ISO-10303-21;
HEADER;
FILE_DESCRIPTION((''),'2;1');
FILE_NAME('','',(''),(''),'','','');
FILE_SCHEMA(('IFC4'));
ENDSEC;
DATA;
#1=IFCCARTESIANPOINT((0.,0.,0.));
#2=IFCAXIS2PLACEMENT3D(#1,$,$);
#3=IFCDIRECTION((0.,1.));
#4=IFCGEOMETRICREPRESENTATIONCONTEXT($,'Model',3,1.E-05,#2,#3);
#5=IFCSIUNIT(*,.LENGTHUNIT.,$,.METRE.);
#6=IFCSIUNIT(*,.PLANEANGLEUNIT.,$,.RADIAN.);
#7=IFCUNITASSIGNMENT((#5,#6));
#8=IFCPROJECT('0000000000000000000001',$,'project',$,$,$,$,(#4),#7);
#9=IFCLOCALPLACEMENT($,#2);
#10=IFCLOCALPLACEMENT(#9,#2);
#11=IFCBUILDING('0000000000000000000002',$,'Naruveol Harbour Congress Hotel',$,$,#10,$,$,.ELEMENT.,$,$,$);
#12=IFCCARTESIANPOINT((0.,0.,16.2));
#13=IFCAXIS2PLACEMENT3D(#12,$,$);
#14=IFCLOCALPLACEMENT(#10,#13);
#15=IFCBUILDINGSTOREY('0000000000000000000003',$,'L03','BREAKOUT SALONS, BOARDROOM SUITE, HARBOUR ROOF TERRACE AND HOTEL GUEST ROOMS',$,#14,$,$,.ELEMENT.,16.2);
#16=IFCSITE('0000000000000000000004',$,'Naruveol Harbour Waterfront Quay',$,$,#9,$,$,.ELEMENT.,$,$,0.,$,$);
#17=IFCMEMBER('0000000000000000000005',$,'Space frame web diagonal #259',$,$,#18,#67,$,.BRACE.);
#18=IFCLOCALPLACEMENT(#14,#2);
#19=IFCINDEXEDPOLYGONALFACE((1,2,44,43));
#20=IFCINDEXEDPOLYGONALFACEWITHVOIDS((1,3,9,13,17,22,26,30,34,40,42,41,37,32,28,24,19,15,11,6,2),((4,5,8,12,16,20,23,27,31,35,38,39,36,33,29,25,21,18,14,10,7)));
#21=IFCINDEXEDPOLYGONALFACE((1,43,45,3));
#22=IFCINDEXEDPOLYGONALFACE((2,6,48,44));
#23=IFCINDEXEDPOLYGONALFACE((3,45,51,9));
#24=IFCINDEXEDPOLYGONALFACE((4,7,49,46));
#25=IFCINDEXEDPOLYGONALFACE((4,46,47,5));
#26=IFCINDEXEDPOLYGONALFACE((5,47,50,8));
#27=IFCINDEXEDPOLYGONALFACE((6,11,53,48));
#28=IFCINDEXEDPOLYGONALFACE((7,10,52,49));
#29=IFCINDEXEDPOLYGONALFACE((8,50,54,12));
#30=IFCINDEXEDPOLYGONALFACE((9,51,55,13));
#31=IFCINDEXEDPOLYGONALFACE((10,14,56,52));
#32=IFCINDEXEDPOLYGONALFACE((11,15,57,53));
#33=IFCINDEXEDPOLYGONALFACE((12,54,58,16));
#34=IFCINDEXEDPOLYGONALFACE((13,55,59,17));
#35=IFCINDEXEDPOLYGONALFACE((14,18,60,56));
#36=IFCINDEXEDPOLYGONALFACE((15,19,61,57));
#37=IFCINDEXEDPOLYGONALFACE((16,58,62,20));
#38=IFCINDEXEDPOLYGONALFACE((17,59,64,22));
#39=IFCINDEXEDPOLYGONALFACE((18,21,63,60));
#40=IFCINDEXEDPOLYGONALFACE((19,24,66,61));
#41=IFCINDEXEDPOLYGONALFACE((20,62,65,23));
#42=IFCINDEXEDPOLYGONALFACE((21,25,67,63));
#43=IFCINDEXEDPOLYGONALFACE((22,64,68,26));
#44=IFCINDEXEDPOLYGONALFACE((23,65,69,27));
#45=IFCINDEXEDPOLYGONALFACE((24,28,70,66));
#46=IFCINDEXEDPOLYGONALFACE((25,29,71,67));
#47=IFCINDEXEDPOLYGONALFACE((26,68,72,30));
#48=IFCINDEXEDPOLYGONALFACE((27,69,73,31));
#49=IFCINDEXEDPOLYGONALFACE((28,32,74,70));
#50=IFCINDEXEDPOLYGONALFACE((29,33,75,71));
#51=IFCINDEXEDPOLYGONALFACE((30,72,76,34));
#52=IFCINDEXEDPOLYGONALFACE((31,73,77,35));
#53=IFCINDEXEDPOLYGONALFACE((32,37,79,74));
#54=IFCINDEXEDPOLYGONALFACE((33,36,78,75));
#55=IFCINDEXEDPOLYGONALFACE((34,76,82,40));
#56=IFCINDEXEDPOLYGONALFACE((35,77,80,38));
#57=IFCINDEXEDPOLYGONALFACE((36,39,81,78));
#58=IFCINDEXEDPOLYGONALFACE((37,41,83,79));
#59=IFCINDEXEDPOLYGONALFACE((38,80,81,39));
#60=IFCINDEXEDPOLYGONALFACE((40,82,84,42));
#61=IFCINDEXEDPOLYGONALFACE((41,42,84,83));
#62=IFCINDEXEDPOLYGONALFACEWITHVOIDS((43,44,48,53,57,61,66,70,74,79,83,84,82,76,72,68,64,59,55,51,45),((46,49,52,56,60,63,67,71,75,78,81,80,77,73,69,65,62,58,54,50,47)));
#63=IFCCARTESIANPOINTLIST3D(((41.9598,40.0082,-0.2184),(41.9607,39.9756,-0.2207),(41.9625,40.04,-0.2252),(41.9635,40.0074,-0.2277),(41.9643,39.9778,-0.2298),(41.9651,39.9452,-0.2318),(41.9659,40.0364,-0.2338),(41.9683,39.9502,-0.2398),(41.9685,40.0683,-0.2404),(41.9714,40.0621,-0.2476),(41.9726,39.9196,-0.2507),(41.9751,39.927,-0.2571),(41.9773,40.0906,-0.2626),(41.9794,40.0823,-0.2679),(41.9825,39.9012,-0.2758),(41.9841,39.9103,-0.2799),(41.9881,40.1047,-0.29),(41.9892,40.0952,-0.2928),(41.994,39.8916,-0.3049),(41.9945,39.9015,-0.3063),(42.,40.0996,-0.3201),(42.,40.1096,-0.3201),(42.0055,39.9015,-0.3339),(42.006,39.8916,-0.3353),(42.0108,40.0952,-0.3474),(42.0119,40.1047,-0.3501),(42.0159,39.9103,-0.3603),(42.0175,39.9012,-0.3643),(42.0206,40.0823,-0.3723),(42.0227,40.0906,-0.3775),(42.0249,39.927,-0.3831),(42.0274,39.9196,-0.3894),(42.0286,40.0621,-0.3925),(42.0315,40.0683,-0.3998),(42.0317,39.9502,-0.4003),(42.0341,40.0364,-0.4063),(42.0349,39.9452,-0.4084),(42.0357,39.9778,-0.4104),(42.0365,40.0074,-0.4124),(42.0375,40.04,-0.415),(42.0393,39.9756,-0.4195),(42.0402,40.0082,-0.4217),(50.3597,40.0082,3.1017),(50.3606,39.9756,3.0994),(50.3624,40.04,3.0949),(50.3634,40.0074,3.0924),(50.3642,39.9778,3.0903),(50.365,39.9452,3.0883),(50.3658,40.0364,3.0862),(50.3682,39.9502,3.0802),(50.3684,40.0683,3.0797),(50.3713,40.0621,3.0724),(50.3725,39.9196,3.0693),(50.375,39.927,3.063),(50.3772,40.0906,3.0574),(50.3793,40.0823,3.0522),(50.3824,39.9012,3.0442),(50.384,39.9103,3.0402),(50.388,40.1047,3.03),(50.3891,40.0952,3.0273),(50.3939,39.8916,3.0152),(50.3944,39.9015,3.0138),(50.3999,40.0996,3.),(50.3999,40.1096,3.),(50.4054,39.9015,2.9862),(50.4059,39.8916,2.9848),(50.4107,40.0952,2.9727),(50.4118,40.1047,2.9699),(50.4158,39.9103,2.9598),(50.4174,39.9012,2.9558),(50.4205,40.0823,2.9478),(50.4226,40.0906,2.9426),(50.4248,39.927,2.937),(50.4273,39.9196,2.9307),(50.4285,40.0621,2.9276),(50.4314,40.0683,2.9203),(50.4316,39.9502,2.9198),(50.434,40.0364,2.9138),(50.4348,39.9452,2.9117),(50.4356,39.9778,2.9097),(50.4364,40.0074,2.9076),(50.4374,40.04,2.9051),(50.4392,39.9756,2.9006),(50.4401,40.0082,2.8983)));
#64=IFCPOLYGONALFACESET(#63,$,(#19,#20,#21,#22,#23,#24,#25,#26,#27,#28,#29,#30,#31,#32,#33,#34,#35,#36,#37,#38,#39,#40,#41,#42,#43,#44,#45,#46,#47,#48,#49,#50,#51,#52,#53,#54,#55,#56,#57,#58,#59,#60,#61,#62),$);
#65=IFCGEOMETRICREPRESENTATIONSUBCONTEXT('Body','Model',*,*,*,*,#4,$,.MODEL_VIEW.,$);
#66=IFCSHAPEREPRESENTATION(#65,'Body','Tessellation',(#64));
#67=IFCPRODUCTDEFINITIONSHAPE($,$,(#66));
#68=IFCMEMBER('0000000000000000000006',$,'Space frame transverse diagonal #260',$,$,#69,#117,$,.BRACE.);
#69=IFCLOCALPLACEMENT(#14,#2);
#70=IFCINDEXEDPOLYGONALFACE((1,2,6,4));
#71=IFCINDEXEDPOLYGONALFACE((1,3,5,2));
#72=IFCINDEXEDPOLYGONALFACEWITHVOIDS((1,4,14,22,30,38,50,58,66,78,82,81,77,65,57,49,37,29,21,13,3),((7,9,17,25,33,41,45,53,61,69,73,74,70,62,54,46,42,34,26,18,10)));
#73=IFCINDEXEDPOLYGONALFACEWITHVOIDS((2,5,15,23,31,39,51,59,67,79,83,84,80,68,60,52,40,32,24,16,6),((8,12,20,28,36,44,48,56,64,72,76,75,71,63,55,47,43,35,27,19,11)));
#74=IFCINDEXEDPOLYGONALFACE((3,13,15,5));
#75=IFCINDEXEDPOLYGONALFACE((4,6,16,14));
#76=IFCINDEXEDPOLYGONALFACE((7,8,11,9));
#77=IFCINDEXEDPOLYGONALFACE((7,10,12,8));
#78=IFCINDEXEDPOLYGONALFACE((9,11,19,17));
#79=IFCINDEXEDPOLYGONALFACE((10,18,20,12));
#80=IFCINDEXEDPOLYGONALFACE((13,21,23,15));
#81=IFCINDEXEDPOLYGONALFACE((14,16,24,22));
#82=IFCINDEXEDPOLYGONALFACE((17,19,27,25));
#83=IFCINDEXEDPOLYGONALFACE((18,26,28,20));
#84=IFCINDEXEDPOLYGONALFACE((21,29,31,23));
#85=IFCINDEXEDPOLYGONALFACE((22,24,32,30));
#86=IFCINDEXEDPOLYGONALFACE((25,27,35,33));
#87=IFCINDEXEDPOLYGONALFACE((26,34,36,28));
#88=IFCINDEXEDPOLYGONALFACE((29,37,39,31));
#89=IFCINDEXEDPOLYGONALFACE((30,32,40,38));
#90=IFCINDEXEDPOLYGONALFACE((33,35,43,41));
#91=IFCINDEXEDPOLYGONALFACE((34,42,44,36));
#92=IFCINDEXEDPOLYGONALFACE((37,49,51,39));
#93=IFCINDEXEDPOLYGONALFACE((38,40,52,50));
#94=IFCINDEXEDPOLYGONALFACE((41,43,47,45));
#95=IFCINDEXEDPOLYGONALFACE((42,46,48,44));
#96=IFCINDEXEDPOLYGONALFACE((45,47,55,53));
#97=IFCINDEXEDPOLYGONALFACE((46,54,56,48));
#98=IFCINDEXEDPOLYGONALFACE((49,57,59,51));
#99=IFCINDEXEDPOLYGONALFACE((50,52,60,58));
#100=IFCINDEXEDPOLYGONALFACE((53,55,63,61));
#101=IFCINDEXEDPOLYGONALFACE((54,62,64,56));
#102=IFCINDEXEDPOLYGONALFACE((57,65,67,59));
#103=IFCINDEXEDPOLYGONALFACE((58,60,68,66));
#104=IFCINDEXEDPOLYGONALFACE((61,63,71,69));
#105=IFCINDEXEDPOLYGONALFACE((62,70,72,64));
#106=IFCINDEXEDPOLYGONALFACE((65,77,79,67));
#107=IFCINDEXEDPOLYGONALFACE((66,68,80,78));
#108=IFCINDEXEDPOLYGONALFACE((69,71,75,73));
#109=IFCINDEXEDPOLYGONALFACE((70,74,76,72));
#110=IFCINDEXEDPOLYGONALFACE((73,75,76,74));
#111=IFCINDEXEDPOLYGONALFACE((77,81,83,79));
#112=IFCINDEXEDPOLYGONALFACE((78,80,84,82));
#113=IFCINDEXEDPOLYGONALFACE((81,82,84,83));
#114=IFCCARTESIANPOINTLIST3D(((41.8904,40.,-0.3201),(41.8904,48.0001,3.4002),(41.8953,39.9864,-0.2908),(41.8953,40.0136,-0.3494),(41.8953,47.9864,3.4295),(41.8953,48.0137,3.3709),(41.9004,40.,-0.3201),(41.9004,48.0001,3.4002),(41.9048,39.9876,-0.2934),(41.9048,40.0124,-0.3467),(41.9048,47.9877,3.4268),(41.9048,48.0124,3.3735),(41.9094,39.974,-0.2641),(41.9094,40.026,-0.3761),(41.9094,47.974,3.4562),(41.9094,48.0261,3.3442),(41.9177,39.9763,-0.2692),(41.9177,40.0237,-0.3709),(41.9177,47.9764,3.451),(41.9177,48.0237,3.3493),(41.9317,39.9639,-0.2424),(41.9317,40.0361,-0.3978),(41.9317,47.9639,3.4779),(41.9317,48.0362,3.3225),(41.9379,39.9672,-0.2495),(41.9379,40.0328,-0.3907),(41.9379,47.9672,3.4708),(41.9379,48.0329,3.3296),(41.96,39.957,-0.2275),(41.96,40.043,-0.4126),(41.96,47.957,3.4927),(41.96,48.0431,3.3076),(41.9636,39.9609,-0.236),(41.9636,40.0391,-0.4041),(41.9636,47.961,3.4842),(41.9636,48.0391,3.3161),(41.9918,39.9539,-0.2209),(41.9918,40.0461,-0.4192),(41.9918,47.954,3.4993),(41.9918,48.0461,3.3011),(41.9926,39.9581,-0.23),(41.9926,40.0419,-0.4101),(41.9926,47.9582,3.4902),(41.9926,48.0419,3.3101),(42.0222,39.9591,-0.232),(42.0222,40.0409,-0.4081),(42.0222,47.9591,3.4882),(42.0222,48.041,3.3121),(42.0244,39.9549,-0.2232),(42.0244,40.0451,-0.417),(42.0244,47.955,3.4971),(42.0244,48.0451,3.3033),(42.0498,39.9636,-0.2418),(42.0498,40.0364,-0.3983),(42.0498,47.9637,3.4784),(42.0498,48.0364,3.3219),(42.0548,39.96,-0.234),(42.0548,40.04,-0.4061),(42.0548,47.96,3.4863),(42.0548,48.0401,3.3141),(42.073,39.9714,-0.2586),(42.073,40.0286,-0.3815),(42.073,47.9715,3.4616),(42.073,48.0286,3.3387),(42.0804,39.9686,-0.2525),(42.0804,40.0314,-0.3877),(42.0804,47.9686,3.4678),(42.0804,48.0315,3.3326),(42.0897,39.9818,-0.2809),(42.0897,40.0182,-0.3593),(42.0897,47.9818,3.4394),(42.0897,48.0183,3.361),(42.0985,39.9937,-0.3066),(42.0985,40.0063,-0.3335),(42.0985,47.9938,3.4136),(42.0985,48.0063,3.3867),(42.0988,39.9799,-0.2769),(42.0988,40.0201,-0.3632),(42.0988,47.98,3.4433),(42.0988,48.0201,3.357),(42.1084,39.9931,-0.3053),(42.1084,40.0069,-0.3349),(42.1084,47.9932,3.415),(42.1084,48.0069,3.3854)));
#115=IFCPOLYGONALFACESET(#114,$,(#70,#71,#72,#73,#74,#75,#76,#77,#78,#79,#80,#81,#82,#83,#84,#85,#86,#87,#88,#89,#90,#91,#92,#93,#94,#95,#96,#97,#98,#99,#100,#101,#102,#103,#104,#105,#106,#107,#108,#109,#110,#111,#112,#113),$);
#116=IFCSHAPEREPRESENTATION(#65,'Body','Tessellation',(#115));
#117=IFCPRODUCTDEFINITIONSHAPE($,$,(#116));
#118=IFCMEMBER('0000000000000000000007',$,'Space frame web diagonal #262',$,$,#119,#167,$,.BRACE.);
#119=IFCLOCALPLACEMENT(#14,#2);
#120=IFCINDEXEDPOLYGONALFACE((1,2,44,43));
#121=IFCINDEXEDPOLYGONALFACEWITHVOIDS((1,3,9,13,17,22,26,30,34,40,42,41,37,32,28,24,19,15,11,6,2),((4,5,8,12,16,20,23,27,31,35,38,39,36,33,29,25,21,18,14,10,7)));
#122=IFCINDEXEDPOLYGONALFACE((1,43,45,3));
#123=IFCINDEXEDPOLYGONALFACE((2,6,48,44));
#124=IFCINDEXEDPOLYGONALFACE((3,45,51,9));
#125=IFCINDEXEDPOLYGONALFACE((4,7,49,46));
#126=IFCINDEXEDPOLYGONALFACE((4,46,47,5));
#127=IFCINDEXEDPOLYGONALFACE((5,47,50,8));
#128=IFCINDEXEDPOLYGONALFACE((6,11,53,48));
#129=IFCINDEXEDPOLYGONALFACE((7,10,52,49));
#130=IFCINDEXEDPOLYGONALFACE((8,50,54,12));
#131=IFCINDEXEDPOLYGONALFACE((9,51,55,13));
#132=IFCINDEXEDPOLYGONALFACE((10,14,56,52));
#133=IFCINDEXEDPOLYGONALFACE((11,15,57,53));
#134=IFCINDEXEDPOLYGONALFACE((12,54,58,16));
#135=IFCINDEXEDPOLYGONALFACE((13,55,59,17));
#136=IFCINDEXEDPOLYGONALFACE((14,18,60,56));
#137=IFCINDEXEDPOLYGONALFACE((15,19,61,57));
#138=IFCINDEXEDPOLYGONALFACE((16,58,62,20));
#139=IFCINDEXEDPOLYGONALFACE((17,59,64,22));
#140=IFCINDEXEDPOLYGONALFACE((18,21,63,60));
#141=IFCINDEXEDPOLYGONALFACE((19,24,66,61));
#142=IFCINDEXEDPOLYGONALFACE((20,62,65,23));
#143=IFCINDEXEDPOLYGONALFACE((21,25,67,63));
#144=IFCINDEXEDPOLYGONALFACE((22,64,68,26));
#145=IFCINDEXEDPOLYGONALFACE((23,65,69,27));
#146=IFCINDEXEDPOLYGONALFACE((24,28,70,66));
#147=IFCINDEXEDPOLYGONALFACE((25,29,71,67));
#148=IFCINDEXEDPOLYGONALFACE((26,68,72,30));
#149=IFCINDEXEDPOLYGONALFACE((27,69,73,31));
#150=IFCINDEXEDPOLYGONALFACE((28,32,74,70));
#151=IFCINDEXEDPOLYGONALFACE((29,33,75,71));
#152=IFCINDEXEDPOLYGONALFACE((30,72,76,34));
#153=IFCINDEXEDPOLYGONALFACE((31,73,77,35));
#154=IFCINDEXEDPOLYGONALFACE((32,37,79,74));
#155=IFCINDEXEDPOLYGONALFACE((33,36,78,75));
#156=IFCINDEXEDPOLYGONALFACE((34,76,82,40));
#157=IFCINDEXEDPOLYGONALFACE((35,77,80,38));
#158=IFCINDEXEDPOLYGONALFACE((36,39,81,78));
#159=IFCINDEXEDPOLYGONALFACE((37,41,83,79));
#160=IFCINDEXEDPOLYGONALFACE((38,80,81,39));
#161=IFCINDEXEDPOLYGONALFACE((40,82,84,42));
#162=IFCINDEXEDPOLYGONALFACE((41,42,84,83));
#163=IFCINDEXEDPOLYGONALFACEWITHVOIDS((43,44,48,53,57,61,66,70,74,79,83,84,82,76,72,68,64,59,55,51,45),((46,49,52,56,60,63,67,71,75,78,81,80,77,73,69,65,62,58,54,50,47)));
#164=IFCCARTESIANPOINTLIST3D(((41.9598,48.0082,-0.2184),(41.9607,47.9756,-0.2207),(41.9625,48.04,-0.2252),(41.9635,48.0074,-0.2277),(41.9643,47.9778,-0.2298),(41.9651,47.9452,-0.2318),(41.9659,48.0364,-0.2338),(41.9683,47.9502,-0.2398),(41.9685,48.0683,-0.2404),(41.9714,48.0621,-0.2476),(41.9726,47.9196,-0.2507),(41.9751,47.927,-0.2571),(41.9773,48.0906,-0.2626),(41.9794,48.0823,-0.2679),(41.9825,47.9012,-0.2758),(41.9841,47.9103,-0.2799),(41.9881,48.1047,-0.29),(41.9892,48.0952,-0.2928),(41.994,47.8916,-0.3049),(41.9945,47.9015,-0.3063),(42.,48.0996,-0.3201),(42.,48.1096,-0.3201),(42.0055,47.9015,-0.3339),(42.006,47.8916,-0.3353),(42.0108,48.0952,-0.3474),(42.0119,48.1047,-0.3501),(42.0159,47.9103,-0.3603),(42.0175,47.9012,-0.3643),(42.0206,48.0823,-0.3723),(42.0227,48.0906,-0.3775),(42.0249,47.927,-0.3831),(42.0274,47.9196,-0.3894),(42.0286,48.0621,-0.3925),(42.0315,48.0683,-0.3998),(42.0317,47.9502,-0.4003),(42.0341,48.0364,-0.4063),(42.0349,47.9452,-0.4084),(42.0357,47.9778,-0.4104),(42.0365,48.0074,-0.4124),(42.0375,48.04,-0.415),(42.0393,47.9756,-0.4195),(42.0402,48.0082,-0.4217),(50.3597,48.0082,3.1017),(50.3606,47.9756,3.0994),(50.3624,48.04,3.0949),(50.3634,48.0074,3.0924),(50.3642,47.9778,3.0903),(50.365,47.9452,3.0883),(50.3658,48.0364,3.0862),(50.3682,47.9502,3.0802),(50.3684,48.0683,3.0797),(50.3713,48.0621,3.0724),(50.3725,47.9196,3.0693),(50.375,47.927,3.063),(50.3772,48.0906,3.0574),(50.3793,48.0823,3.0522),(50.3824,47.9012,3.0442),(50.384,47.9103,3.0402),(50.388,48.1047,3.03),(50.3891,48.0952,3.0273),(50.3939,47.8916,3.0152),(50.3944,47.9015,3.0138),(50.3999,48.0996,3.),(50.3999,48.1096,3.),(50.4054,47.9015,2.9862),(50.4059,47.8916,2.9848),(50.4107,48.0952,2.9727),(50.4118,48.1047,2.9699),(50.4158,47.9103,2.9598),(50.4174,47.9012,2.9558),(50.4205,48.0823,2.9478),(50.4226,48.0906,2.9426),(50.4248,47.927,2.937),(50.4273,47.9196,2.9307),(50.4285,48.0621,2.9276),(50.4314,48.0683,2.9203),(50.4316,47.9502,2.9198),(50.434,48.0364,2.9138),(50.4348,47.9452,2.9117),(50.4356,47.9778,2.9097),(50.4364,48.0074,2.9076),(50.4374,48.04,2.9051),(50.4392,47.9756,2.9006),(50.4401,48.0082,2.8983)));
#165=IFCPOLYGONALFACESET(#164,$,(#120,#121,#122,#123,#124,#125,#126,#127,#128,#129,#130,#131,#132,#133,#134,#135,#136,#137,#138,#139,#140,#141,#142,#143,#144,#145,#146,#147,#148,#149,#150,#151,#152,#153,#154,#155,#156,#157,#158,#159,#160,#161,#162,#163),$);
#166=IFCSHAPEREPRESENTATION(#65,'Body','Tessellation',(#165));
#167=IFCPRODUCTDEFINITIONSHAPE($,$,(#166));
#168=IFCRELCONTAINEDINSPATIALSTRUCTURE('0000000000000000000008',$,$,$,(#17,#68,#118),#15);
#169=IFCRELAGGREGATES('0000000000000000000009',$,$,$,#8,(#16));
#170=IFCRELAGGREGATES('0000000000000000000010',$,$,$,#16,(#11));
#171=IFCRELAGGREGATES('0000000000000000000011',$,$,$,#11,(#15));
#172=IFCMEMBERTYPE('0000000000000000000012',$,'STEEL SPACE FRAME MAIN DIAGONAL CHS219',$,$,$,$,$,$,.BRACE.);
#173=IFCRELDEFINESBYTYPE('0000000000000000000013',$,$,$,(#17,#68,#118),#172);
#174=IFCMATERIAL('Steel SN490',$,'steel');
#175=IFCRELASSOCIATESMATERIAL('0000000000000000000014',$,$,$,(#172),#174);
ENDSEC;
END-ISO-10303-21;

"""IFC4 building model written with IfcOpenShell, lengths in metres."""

from ifc_helpers import new_model, si_unit, direction, frame, origin, origin_2d, place, context, subcontext, project, spatial, hollow_circle, extrude, material, material_profile, profile_set, type_object, element, save


model = new_model("IFC4")

# Units and contexts
model_context = context("Model", 3, precision=1e-05, world=origin(), true_north=direction((0.0, 1.0)))
body_context = subcontext(model_context, "Body", "Model", "MODEL_VIEW")
ifc_project = project(units=[si_unit("LENGTHUNIT", "METRE"), si_unit("PLANEANGLEUNIT", "RADIAN")], contexts=[model_context])

# Site, building, storey
site_placement = place(None, origin())
site = spatial("IfcSite", under=ifc_project, at=site_placement, Name="Naruveol Harbour Waterfront Quay", CompositionType="ELEMENT", RefElevation=0.0)
building_placement = place(site_placement, origin())
building = spatial("IfcBuilding", under=site, at=building_placement, Name="Naruveol Harbour Congress Hotel", CompositionType="ELEMENT")
storey_placement = place(building_placement, frame((0.0, 0.0, 16.2)))
storey = spatial("IfcBuildingStorey", under=building, at=storey_placement, Name="L03", Description="BREAKOUT SALONS, BOARDROOM SUITE, HARBOUR ROOF TERRACE AND HOTEL GUEST ROOMS", CompositionType="ELEMENT", Elevation=16.2)

# Members
ifc_material_1 = material(Name="Steel SN490", Category="steel")
ifc_material_profile_1 = material_profile(ifc_material_1, hollow_circle(Radius=0.1096, WallThickness=0.01, at=origin_2d()), Name="CHS-219.1x10")
ifc_profile_set_1 = profile_set([ifc_material_profile_1], Name="Steel SN490")
member_type_1 = type_object("IfcMemberType", Name="STEEL SPACE FRAME MAIN DIAGONAL CHS219", PredefinedType="BRACE", material=ifc_profile_set_1)
member_1_placement = place(storey_placement, frame((42.0, 40.0, -0.3201), z_axis=(0.929992, 0.0, 0.36758), x_axis=(0.0, 1.0, 0.0)))
element("IfcMember", 1, at=member_1_placement, inside=storey, type_object=member_type_1, Name="Space frame web diagonal #259", PredefinedType="BRACE", context=body_context, shape_type="SweptSolid", body=[
    extrude(hollow_circle(Radius=0.1096, WallThickness=0.01, at=origin_2d()), origin(), (0.0, 0.0, 1.0), 9.0322),
])
member_2_placement = place(storey_placement, frame((42.0, 40.0, -0.3201), z_axis=(0.0, 0.906752, 0.421664), x_axis=(-1.0, 0.0, 0.0)))
element("IfcMember", 2, at=member_2_placement, inside=storey, type_object=member_type_1, Name="Space frame transverse diagonal #260", PredefinedType="BRACE", context=body_context, shape_type="SweptSolid", body=[
    extrude(hollow_circle(Radius=0.1096, WallThickness=0.01, at=origin_2d()), origin(), (0.0, 0.0, 1.0), 8.8228),
])
member_3_placement = place(storey_placement, frame((42.0, 48.0, -0.3201), z_axis=(0.929992, 0.0, 0.36758), x_axis=(0.0, 1.0, 0.0)))
element("IfcMember", 3, at=member_3_placement, inside=storey, type_object=member_type_1, Name="Space frame web diagonal #262", PredefinedType="BRACE", context=body_context, shape_type="SweptSolid", body=[
    extrude(hollow_circle(Radius=0.1096, WallThickness=0.01, at=origin_2d()), origin(), (0.0, 0.0, 1.0), 9.0322),
])

save(model, "model.ifc")
